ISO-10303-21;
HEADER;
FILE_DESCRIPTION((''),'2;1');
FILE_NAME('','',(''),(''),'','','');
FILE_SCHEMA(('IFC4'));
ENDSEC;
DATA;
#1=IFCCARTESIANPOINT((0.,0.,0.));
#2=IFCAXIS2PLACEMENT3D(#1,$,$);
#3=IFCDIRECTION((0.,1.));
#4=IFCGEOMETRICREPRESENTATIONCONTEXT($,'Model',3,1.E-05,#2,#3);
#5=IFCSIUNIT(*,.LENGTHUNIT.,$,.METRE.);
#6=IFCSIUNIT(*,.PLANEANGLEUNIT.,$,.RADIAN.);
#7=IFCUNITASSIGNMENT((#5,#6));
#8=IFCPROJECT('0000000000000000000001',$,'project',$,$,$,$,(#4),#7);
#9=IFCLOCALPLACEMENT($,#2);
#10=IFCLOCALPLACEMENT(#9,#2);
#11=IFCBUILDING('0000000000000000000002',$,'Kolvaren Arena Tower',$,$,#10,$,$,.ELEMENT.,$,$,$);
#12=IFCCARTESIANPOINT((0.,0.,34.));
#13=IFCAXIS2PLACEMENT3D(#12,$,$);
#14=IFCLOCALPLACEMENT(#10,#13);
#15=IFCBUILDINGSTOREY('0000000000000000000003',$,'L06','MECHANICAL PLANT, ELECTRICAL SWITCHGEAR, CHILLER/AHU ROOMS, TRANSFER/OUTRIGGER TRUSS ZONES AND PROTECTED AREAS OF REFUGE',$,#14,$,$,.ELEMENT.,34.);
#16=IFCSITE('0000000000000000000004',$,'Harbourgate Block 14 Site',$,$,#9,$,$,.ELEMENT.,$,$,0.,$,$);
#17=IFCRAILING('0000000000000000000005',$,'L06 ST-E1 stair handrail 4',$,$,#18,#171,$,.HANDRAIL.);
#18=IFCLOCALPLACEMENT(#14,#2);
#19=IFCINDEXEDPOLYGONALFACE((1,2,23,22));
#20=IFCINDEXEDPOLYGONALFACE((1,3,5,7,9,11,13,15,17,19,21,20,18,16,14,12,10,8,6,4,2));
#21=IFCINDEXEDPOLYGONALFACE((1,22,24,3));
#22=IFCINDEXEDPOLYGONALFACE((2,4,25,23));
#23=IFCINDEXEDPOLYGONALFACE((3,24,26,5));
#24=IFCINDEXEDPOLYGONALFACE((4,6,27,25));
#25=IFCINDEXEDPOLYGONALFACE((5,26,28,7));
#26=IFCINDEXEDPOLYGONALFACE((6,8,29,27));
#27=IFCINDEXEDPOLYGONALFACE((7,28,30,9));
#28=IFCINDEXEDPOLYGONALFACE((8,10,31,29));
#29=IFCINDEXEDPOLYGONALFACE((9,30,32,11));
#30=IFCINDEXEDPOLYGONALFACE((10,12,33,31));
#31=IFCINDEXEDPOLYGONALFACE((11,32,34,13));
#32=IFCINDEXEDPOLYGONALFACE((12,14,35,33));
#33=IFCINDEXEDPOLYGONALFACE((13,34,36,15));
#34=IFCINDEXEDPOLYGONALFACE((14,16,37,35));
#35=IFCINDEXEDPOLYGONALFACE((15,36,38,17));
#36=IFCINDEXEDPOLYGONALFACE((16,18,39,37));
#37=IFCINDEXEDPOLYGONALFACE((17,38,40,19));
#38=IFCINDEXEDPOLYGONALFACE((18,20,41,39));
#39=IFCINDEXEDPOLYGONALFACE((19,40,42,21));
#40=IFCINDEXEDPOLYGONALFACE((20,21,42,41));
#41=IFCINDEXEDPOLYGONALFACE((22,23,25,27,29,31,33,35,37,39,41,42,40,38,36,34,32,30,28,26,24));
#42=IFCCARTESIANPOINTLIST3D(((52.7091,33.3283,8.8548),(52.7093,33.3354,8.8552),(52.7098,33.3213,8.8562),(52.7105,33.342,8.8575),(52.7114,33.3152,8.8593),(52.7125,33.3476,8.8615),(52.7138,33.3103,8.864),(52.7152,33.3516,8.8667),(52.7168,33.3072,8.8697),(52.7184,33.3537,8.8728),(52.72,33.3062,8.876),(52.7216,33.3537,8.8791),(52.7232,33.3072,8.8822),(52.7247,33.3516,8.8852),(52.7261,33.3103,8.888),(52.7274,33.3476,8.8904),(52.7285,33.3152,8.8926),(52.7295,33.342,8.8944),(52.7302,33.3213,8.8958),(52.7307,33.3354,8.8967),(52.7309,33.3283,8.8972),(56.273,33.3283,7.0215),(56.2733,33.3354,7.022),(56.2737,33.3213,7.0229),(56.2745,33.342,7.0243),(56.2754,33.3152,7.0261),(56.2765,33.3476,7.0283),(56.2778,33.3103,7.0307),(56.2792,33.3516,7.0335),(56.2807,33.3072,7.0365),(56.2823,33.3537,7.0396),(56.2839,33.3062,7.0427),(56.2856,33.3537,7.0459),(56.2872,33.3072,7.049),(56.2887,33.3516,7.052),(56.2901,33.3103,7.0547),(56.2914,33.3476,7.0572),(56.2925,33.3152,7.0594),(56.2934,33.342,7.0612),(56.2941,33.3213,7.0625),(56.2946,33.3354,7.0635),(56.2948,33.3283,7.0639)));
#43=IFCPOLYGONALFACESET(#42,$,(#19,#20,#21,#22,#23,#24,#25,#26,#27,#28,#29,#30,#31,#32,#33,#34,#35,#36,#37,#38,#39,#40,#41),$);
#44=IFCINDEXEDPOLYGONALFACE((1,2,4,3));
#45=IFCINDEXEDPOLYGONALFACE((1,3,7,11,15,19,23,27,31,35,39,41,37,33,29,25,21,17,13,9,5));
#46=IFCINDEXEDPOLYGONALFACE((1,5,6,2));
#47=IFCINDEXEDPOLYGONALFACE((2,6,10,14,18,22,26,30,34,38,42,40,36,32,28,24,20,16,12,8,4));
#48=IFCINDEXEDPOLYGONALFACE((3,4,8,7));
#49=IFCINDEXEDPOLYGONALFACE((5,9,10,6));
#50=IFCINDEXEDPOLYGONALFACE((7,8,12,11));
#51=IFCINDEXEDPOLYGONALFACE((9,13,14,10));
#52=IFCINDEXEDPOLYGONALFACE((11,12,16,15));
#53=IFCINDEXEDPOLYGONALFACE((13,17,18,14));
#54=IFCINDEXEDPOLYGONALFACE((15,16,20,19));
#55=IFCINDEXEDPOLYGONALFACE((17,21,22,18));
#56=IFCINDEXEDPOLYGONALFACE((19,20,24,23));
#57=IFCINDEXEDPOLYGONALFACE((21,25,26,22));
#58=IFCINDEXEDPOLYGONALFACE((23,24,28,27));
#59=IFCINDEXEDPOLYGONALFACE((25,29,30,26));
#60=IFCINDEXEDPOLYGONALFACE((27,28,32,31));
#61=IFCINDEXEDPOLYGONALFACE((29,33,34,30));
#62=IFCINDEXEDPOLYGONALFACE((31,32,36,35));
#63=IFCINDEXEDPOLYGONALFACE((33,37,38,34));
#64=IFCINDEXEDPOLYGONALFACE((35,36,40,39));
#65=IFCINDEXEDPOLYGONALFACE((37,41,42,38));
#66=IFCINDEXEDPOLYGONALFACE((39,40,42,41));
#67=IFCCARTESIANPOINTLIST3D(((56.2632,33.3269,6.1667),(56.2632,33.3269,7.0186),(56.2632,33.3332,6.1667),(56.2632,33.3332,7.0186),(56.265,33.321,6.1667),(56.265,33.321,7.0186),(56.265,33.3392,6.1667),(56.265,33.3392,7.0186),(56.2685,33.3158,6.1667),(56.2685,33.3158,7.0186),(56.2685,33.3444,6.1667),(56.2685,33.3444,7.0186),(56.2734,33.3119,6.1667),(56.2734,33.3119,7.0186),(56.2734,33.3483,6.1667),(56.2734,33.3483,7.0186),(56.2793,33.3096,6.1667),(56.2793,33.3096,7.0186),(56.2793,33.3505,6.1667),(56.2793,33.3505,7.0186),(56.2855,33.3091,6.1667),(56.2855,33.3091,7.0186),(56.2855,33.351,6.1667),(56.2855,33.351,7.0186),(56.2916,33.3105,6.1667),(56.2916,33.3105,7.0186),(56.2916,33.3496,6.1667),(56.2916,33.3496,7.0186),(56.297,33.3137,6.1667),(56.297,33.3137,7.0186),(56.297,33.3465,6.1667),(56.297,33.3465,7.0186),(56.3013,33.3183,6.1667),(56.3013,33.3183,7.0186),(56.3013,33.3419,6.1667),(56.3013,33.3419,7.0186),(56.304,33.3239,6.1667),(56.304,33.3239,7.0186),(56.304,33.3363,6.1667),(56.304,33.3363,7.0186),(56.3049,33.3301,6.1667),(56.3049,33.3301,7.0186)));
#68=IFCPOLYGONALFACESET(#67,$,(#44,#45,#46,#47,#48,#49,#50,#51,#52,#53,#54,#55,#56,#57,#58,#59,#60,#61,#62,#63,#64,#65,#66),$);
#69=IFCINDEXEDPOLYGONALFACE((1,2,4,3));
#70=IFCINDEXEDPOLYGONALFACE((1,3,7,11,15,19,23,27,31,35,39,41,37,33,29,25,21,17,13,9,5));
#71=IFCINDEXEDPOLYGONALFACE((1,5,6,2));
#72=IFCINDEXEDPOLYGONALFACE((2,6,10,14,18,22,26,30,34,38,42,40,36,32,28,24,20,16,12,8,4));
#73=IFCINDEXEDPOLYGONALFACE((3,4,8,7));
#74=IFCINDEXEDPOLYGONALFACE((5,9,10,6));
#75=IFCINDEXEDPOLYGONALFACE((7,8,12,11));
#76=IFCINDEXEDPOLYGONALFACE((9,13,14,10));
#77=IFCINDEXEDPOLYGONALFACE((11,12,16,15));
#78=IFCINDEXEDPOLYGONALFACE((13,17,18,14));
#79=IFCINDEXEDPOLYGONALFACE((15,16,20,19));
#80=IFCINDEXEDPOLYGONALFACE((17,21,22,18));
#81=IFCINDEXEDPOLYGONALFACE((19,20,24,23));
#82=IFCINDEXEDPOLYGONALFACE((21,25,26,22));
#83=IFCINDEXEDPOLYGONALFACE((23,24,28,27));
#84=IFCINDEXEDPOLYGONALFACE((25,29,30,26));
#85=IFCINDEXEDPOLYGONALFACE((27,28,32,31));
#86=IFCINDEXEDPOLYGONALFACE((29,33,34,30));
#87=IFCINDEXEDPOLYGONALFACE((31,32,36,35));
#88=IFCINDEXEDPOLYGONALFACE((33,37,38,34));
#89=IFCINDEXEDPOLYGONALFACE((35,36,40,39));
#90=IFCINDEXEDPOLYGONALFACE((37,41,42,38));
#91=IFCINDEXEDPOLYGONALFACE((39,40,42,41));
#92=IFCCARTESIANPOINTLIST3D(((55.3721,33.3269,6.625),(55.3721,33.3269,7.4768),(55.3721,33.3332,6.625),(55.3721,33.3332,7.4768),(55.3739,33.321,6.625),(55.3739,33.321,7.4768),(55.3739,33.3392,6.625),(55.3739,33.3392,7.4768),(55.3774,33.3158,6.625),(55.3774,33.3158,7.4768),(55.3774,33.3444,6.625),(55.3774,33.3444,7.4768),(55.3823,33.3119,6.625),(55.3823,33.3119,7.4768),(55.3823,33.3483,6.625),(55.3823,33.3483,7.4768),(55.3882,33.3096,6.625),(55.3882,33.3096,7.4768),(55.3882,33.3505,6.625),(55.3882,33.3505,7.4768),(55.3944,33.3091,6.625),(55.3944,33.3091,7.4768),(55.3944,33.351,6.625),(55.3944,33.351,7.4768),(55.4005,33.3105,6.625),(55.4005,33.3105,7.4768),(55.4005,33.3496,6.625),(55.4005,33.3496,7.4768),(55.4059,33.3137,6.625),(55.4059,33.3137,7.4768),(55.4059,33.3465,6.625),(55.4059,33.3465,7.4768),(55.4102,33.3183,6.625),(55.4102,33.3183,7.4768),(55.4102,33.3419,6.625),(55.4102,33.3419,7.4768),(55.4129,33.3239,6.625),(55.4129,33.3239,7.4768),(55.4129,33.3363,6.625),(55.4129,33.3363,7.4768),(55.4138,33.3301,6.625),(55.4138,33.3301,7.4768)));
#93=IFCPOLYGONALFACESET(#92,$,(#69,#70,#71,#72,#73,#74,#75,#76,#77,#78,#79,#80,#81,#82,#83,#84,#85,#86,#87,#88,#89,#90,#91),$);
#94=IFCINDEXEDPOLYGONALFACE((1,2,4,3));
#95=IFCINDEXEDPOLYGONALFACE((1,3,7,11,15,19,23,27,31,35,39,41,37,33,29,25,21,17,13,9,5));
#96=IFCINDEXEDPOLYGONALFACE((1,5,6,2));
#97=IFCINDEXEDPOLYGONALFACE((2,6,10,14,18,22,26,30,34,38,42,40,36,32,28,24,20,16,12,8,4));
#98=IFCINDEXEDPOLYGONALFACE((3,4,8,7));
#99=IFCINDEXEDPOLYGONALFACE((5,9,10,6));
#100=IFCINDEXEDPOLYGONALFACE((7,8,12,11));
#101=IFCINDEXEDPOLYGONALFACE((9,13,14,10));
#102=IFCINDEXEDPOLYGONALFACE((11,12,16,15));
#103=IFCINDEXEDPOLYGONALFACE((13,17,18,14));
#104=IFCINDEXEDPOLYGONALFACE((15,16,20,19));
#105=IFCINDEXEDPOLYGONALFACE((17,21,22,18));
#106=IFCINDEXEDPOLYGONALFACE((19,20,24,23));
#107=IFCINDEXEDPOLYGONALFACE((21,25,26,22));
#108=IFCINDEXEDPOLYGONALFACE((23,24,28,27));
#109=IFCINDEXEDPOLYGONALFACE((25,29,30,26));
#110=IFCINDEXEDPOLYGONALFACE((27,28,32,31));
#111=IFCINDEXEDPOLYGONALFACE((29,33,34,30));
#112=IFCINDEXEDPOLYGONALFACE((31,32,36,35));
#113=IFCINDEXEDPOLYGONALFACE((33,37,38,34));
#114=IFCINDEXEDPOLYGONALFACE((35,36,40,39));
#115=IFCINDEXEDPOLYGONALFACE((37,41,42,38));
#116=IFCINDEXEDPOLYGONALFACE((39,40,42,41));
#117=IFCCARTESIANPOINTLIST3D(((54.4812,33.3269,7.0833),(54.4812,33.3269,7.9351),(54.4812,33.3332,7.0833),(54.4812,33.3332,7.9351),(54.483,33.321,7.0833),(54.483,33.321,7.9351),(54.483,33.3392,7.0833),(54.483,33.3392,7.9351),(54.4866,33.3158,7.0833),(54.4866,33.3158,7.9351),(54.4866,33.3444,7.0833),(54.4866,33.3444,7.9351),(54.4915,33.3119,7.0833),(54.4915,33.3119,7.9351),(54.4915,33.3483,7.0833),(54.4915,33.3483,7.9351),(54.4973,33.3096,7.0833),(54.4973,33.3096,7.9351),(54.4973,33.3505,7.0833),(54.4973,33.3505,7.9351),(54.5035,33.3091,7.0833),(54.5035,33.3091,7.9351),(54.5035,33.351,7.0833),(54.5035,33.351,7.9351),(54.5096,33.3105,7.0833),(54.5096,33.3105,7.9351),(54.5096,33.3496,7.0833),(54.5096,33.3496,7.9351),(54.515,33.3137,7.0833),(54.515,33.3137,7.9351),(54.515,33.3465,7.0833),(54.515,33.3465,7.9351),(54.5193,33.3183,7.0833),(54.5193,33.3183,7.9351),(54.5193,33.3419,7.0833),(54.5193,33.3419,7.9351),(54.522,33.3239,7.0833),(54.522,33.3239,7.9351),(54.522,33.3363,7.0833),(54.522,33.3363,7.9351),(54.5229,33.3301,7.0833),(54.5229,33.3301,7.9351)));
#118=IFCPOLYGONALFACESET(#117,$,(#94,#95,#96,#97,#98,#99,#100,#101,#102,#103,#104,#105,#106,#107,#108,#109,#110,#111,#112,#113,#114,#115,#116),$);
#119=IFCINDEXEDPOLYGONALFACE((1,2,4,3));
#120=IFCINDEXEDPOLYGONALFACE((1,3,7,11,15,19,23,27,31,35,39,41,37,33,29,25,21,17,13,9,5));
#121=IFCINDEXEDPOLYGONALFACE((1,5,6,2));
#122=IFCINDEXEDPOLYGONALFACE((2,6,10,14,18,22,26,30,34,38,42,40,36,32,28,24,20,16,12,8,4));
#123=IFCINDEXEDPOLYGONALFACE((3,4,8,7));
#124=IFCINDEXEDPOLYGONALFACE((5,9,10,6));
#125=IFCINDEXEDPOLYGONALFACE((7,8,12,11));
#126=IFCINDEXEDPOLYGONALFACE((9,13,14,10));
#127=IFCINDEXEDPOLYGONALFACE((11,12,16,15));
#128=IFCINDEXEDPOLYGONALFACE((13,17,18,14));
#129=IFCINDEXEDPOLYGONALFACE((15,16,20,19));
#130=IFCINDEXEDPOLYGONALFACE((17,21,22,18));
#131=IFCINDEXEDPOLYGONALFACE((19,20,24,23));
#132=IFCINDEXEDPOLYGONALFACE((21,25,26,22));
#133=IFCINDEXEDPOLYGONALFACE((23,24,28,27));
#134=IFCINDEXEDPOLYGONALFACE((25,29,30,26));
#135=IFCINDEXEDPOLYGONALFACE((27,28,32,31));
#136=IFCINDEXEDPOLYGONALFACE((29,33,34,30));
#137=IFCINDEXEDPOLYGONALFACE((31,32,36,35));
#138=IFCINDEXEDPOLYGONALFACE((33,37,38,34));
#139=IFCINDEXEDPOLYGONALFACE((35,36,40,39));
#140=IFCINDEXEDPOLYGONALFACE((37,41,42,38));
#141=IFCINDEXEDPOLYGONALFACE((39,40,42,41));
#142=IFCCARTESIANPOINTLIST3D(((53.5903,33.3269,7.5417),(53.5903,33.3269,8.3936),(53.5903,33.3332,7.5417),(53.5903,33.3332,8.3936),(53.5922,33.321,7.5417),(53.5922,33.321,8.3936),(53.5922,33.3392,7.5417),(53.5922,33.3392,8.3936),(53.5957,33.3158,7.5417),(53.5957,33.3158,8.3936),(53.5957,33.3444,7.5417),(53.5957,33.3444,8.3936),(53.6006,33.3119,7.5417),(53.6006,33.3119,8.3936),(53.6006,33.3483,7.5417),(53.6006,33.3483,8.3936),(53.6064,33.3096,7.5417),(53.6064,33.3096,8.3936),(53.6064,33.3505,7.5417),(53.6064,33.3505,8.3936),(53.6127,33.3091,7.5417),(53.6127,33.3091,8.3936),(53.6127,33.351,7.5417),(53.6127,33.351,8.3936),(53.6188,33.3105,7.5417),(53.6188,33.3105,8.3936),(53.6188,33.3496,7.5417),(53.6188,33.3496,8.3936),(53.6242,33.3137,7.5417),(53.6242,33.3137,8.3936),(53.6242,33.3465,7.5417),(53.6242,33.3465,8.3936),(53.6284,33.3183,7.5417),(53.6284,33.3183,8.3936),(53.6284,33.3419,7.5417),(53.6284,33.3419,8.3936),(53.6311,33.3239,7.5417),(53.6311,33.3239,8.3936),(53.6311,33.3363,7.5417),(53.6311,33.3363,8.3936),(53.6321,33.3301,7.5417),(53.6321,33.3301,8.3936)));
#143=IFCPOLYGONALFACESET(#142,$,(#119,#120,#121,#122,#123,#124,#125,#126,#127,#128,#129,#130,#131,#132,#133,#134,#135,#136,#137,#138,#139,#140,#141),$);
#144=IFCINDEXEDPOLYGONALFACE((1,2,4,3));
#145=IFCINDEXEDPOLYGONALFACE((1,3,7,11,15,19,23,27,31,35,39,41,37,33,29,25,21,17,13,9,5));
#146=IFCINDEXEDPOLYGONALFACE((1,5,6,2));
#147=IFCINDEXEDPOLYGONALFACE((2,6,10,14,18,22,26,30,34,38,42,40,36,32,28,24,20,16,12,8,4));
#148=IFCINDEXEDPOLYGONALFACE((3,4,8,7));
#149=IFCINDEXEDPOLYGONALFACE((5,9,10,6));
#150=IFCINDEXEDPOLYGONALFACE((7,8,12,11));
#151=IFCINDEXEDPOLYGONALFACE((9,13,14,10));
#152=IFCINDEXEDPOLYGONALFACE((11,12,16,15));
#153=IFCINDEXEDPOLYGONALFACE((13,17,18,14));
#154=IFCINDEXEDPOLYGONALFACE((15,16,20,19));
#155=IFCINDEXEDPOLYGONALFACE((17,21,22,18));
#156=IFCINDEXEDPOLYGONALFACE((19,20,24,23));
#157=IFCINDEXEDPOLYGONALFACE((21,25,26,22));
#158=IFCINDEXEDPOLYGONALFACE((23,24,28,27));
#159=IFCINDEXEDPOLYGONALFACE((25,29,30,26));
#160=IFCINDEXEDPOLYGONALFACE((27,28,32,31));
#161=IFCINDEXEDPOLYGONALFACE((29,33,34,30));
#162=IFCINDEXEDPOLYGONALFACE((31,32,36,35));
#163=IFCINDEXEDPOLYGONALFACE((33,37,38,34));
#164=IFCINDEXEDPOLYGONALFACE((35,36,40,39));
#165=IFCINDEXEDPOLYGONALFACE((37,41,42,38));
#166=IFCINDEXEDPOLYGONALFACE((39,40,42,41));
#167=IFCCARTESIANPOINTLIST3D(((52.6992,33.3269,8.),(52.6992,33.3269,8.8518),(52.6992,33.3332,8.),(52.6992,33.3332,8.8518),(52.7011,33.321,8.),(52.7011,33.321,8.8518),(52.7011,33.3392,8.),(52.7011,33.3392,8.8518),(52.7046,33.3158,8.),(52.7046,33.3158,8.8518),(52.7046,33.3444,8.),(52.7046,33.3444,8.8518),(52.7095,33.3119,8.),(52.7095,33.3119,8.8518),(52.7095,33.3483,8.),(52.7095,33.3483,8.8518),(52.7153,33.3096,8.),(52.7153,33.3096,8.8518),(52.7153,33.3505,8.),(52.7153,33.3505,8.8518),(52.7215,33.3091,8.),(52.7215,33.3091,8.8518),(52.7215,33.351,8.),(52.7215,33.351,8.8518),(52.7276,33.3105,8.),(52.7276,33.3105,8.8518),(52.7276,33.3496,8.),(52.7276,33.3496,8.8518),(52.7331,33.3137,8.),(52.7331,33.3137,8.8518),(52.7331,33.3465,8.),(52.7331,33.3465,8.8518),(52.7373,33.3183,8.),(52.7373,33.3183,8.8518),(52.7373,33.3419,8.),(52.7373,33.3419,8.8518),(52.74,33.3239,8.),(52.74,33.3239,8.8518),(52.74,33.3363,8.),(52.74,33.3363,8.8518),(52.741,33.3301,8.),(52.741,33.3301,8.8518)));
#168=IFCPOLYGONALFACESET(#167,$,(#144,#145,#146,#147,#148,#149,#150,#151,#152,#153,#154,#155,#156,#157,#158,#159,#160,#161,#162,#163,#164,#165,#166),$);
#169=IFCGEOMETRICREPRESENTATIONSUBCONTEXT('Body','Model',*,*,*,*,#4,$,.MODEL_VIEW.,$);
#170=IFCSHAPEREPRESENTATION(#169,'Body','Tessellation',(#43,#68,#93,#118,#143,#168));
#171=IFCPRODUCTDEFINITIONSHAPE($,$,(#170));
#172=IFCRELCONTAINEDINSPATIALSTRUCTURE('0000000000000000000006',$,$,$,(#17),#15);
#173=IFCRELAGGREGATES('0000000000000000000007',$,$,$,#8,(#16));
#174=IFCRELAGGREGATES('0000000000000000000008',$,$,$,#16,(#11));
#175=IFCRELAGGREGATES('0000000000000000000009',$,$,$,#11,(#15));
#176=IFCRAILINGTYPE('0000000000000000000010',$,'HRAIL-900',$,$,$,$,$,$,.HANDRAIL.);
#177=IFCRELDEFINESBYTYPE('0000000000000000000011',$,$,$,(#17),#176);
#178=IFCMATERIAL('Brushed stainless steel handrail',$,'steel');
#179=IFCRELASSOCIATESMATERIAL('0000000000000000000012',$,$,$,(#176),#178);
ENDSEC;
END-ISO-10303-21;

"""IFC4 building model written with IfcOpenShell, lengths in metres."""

from ifc_helpers import new_model, si_unit, direction, frame, origin, origin_2d, place, context, subcontext, project, spatial, circle, extrude, material, type_object, element, save


model = new_model("IFC4")

# Units and contexts
model_context = context("Model", 3, precision=1e-05, world=origin(), true_north=direction((0.0, 1.0)))
body_context = subcontext(model_context, "Body", "Model", "MODEL_VIEW")
ifc_project = project(units=[si_unit("LENGTHUNIT", "METRE"), si_unit("PLANEANGLEUNIT", "RADIAN")], contexts=[model_context])

# Site, building, storey
site_placement = place(None, origin())
site = spatial("IfcSite", under=ifc_project, at=site_placement, Name="Harbourgate Block 14 Site", CompositionType="ELEMENT", RefElevation=0.0)
building_placement = place(site_placement, origin())
building = spatial("IfcBuilding", under=site, at=building_placement, Name="Kolvaren Arena Tower", CompositionType="ELEMENT")
storey_placement = place(building_placement, frame((0.0, 0.0, 34.0)))
storey = spatial("IfcBuildingStorey", under=building, at=storey_placement, Name="L06", Description="MECHANICAL PLANT, ELECTRICAL SWITCHGEAR, CHILLER/AHU ROOMS, TRANSFER/OUTRIGGER TRUSS ZONES AND PROTECTED AREAS OF REFUGE", CompositionType="ELEMENT", Elevation=34.0)

# Railing
ifc_material_1 = material(Name="Brushed stainless steel handrail", Category="steel")
railing_type_1 = type_object("IfcRailingType", Name="HRAIL-900", PredefinedType="HANDRAIL", material=ifc_material_1)
for number, where, name in (
    (1, (56.2839, 33.3301, 6.1667), "L06 ST-E1 stair handrail 4"),
):
    element("IfcRailing", number, at=place(storey_placement, frame(where)), inside=storey, type_object=railing_type_1, Name=name, PredefinedType="HANDRAIL", context=body_context, shape_type="SweptSolid", body=[
        extrude(circle(Radius=0.0239, at=origin_2d()), frame((0.0, 0.0, 0.876), z_axis=(-0.889252, 0.0, 0.457418), x_axis=(0.0, -1.0, 0.0)), (0.0, 0.0, 1.0), 4.0078),
        extrude(circle(Radius=0.021, at=origin_2d()), origin(), (0.0, 0.0, 1.0), 0.8518),
        extrude(circle(Radius=0.021, at=origin_2d()), frame((-0.8911, 0.0, 0.4583)), (0.0, 0.0, 1.0), 0.8518),
        extrude(circle(Radius=0.021, at=origin_2d()), frame((-1.782, 0.0, 0.9165)), (0.0, 0.0, 1.0), 0.8518),
        extrude(circle(Radius=0.021, at=origin_2d()), frame((-2.6729, 0.0, 1.375)), (0.0, 0.0, 1.0), 0.8518),
        extrude(circle(Radius=0.021, at=origin_2d()), frame((-3.564, 0.0, 1.8333)), (0.0, 0.0, 1.0), 0.8518),
    ])

save(model, "model.ifc")
